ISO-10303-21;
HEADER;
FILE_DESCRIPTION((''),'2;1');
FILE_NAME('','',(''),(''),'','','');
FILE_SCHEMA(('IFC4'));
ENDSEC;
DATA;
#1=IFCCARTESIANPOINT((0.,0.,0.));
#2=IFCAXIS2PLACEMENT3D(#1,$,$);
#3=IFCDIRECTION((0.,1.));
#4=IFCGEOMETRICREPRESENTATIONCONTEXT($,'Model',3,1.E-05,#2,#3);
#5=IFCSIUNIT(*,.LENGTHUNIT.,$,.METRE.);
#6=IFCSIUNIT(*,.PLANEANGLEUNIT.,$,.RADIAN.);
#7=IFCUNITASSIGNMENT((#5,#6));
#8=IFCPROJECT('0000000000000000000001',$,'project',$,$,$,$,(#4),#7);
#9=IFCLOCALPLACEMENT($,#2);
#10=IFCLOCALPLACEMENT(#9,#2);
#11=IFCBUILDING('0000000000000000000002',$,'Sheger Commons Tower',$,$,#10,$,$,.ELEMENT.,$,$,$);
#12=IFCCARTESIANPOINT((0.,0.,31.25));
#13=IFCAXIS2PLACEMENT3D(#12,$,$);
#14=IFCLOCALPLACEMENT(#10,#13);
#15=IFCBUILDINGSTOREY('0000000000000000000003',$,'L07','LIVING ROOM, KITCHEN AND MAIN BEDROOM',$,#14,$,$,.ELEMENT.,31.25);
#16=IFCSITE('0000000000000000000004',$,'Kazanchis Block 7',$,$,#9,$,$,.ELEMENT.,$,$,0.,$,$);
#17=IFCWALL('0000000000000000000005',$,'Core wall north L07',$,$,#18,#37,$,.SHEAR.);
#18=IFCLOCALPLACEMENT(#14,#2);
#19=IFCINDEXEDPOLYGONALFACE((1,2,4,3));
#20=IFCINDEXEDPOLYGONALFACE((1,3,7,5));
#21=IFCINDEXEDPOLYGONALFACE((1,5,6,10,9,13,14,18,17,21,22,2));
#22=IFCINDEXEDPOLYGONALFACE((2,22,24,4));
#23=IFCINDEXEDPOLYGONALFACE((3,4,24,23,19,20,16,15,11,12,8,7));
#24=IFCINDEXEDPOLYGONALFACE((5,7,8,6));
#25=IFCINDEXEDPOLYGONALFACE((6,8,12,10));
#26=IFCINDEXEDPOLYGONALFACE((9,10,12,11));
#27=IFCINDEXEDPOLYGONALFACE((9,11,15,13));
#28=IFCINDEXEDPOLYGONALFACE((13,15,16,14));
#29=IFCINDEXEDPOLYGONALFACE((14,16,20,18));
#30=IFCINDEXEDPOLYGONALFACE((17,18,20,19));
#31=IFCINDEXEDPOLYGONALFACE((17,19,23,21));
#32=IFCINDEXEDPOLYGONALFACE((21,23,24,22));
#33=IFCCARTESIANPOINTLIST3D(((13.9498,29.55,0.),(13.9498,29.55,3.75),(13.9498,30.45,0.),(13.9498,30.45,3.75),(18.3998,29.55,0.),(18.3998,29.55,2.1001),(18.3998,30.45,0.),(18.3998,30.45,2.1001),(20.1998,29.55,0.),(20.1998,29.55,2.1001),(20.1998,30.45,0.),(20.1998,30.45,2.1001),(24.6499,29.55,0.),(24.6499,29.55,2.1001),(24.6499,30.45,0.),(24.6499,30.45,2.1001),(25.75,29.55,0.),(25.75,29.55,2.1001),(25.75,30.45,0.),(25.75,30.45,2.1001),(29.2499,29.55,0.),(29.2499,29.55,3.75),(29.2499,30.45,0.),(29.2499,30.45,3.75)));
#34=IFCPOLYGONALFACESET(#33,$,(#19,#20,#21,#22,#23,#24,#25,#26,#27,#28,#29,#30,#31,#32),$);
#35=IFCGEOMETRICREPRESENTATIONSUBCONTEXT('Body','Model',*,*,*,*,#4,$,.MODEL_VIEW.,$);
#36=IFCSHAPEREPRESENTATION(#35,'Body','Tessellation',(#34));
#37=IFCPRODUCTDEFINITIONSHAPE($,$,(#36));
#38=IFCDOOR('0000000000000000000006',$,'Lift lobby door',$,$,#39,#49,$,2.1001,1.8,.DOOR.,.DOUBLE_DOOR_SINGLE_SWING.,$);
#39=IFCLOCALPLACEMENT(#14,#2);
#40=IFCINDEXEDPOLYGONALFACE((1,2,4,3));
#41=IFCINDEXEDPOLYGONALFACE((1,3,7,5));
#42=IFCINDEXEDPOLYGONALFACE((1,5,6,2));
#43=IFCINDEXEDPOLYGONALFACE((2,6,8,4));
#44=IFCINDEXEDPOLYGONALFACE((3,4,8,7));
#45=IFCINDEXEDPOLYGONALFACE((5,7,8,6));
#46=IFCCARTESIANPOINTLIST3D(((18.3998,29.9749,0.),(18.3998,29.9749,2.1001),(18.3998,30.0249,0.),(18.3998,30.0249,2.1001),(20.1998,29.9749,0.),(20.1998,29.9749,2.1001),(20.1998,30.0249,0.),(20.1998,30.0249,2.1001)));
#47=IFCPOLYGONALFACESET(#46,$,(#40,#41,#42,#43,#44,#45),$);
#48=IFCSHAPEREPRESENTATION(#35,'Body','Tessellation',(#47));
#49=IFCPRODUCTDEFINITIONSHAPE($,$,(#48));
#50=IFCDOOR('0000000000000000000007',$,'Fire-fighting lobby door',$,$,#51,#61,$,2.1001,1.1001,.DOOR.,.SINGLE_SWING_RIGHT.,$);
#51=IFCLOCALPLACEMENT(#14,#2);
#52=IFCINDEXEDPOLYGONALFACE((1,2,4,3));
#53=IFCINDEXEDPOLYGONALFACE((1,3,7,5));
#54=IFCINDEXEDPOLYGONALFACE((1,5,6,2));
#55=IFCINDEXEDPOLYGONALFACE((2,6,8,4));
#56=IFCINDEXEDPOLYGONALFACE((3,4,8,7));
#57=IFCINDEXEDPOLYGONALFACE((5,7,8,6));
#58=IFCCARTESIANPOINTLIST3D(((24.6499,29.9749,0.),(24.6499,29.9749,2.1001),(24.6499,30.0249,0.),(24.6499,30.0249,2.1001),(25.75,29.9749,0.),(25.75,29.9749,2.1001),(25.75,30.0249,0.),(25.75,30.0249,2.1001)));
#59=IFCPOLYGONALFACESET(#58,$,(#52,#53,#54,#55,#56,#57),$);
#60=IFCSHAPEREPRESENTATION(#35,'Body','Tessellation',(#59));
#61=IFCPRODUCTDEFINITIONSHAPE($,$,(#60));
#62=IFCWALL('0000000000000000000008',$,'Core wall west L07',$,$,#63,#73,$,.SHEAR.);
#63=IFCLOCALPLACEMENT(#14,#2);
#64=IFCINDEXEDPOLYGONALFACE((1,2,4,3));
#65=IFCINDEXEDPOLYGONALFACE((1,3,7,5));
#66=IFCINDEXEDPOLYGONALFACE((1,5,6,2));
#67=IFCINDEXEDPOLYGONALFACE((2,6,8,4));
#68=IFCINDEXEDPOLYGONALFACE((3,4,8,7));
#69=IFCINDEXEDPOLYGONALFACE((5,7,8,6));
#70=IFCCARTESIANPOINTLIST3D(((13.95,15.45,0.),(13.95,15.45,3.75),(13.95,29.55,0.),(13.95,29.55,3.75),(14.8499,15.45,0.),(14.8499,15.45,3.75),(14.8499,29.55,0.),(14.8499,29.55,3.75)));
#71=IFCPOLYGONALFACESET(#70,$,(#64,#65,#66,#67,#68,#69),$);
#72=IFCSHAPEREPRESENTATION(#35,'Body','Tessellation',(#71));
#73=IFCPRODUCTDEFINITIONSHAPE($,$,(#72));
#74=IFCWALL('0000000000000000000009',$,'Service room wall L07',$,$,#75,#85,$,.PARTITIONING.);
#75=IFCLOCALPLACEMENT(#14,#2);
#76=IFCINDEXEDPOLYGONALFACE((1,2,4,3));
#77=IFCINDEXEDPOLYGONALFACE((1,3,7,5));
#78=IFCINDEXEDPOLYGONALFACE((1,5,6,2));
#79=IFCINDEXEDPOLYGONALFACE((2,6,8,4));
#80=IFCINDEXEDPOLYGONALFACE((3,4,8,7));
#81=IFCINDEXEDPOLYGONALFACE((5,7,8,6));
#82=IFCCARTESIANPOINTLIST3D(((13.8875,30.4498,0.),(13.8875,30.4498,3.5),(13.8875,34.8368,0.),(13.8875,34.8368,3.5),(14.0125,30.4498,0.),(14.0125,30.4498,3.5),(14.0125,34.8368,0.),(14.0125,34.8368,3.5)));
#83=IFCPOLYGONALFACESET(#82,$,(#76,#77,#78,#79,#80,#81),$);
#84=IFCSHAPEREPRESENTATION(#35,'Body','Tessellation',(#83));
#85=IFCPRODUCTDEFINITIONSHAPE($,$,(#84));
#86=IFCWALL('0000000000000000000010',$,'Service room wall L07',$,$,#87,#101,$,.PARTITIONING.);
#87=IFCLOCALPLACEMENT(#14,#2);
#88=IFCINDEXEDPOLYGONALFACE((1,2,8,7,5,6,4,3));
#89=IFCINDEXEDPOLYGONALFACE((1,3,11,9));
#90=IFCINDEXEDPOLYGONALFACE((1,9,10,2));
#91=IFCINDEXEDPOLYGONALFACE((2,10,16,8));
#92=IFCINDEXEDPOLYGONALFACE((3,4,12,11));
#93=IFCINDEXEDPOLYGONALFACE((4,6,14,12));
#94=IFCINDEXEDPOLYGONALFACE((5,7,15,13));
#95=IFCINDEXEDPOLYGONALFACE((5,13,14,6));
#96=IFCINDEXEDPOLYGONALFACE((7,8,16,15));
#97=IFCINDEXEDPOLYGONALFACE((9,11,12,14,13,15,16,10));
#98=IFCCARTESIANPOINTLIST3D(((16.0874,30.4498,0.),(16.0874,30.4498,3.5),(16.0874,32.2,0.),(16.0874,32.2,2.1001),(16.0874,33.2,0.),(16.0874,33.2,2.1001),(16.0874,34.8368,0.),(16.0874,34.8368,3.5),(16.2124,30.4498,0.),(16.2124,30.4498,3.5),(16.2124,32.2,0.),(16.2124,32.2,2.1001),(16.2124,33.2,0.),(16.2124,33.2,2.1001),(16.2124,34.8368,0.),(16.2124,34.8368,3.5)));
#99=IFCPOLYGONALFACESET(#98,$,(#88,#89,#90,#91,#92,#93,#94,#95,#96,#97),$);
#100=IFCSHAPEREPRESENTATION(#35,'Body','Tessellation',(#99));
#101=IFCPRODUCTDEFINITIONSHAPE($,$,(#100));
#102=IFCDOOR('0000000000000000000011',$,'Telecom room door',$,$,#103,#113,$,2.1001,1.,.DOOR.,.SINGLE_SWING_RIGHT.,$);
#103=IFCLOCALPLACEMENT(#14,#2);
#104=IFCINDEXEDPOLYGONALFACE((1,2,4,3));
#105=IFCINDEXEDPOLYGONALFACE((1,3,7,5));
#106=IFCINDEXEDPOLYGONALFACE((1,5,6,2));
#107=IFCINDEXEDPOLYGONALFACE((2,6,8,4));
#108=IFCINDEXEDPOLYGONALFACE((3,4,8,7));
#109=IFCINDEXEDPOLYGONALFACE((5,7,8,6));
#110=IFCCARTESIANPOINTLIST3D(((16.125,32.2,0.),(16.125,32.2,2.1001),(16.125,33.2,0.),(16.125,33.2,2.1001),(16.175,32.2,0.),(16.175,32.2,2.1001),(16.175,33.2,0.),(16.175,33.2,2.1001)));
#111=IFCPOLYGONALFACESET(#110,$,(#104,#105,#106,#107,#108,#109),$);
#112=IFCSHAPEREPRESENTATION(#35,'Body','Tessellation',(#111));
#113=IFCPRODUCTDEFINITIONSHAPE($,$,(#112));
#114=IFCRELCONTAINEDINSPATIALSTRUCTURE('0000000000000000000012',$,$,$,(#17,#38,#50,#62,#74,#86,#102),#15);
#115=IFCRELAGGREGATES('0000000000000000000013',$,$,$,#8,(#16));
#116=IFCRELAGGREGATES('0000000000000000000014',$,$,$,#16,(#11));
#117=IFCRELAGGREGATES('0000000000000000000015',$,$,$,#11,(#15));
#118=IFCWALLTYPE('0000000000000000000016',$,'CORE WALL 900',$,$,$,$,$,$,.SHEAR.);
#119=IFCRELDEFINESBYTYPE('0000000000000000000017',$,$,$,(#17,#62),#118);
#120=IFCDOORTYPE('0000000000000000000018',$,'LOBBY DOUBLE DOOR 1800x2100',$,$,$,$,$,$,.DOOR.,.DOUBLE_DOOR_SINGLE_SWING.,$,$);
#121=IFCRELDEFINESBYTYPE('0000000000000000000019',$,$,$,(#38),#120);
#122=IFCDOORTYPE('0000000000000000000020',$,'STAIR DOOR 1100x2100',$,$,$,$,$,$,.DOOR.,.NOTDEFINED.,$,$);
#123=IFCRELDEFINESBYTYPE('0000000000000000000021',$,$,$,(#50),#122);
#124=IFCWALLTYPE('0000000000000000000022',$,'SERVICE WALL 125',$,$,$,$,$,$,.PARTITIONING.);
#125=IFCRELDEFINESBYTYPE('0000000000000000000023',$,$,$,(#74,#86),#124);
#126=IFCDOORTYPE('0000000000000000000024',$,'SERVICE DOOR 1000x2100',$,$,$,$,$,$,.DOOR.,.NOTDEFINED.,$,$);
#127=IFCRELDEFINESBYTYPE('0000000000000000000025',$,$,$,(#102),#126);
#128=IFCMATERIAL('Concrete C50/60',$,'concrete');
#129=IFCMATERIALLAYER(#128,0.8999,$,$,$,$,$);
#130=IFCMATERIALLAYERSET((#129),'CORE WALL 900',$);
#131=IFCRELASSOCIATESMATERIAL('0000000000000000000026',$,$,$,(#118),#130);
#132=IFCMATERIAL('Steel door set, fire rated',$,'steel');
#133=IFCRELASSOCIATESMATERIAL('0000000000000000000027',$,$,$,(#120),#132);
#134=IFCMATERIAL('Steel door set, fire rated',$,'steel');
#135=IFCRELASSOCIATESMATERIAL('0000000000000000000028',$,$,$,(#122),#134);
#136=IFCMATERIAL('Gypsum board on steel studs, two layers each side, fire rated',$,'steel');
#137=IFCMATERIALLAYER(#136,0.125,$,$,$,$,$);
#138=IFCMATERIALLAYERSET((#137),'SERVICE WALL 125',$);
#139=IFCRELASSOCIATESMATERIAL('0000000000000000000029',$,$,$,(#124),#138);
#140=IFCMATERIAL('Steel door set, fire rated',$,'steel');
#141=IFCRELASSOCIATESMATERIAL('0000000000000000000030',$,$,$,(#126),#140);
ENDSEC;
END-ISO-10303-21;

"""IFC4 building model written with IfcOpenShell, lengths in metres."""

from ifc_helpers import new_model, si_unit, direction, frame, frame_2d, origin, place, context, subcontext, project, spatial, rectangle, extrude, material, layer, layer_set, type_object, element, fill, save


model = new_model("IFC4")

# Units and contexts
model_context = context("Model", 3, precision=1e-05, world=origin(), true_north=direction((0.0, 1.0)))
body_context = subcontext(model_context, "Body", "Model", "MODEL_VIEW")
ifc_project = project(units=[si_unit("LENGTHUNIT", "METRE"), si_unit("PLANEANGLEUNIT", "RADIAN")], contexts=[model_context])

# Site, building, storey
site_placement = place(None, origin())
site = spatial("IfcSite", under=ifc_project, at=site_placement, Name="Kazanchis Block 7", CompositionType="ELEMENT", RefElevation=0.0)
building_placement = place(site_placement, origin())
building = spatial("IfcBuilding", under=site, at=building_placement, Name="Sheger Commons Tower", CompositionType="ELEMENT")
storey_placement = place(building_placement, frame((0.0, 0.0, 31.25)))
storey = spatial("IfcBuildingStorey", under=building, at=storey_placement, Name="L07", Description="LIVING ROOM, KITCHEN AND MAIN BEDROOM", CompositionType="ELEMENT", Elevation=31.25)

# Wall, openings, doors
ifc_material_1 = material(Name="Concrete C50/60", Category="concrete")
ifc_layer_1 = layer(ifc_material_1, 0.8999)
ifc_layer_set_1 = layer_set([ifc_layer_1], Name="CORE WALL 900")
wall_type_1 = type_object("IfcWallType", Name="CORE WALL 900", PredefinedType="SHEAR", material=ifc_layer_set_1)
ifc_material_2 = material(Name="Steel door set, fire rated", Category="steel")
door_type_1 = type_object("IfcDoorType", Name="LOBBY DOUBLE DOOR 1800x2100", OperationType="DOUBLE_DOOR_SINGLE_SWING", PredefinedType="DOOR", material=ifc_material_2)
ifc_material_3 = material(Name="Steel door set, fire rated", Category="steel")
door_type_2 = type_object("IfcDoorType", Name="STAIR DOOR 1100x2100", OperationType="NOTDEFINED", PredefinedType="DOOR", material=ifc_material_3)
wall_1_placement = place(storey_placement, frame((13.95, 30.0, 0.0), z_axis=(0.0, 0.0, 1.0), x_axis=(1.0, 0.0, 0.0)))
wall_1 = element("IfcWall", 1, at=wall_1_placement, inside=storey, type_object=wall_type_1, Name="Core wall north L07", PredefinedType="SHEAR", context=body_context, shape_type="SweptSolid", body=[
    extrude(rectangle(XDim=15.3, YDim=0.8999, at=frame_2d((7.6499, 0.0))), origin(), (0.0, 0.0, 1.0), 3.75),
])
opening_1_placement = place(wall_1_placement, frame((4.45, 0.0, 0.0)))
opening_1 = element("IfcOpeningElement", 2, at=opening_1_placement, cuts=wall_1, PredefinedType="OPENING", context=body_context, shape_type="SweptSolid", body=[
    extrude(rectangle(XDim=1.8, YDim=2.1001, at=frame_2d((0.8999, 1.05))), frame((0.0, 0.46, 0.0), z_axis=(0.0, -1.0, 0.0), x_axis=(1.0, 0.0, 0.0)), (0.0, 0.0, 1.0), 0.9199),
])
opening_2_placement = place(wall_1_placement, frame((10.7, 0.0, 0.0)))
opening_2 = element("IfcOpeningElement", 3, at=opening_2_placement, cuts=wall_1, PredefinedType="OPENING", context=body_context, shape_type="SweptSolid", body=[
    extrude(rectangle(XDim=1.1001, YDim=2.1001, at=frame_2d((0.55, 1.05))), frame((0.0, 0.46, 0.0), z_axis=(0.0, -1.0, 0.0), x_axis=(1.0, 0.0, 0.0)), (0.0, 0.0, 1.0), 0.9199),
])
door_1_placement = place(opening_1_placement, origin())
door_1 = element("IfcDoor", 4, at=door_1_placement, inside=storey, type_object=door_type_1, Name="Lift lobby door", OperationType="DOUBLE_DOOR_SINGLE_SWING", OverallHeight=2.1001, OverallWidth=1.8, PredefinedType="DOOR", context=body_context, shape_type="SweptSolid", body=[
    extrude(rectangle(XDim=1.8, YDim=2.1001, at=frame_2d((0.8999, 1.05))), frame((0.0, 0.0249, 0.0), z_axis=(0.0, -1.0, 0.0), x_axis=(1.0, 0.0, 0.0)), (0.0, 0.0, 1.0), 0.05),
])
fill(opening_1, door_1)
door_2_placement = place(opening_2_placement, origin())
door_2 = element("IfcDoor", 5, at=door_2_placement, inside=storey, type_object=door_type_2, Name="Fire-fighting lobby door", OperationType="SINGLE_SWING_RIGHT", OverallHeight=2.1001, OverallWidth=1.1001, PredefinedType="DOOR", context=body_context, shape_type="SweptSolid", body=[
    extrude(rectangle(XDim=1.1001, YDim=2.1001, at=frame_2d((0.55, 1.05))), frame((0.0, 0.0249, 0.0), z_axis=(0.0, -1.0, 0.0), x_axis=(1.0, 0.0, 0.0)), (0.0, 0.0, 1.0), 0.05),
])
fill(opening_2, door_2)

# Walls
wall_2_placement = place(storey_placement, frame((14.3999, 15.45, 0.0), z_axis=(0.0, 0.0, 1.0), x_axis=(0.0, 1.0, 0.0)))
element("IfcWall", 6, at=wall_2_placement, inside=storey, type_object=wall_type_1, Name="Core wall west L07", PredefinedType="SHEAR", context=body_context, shape_type="SweptSolid", body=[
    extrude(rectangle(XDim=14.1001, YDim=0.8999, at=frame_2d((7.05, 0.0))), origin(), (0.0, 0.0, 1.0), 3.75),
])
ifc_material_4 = material(Name="Gypsum board on steel studs, two layers each side, fire rated", Category="steel")
ifc_layer_2 = layer(ifc_material_4, 0.125)
ifc_layer_set_2 = layer_set([ifc_layer_2], Name="SERVICE WALL 125")
wall_type_2 = type_object("IfcWallType", Name="SERVICE WALL 125", PredefinedType="PARTITIONING", material=ifc_layer_set_2)
wall_3_placement = place(storey_placement, frame((13.95, 30.45, 0.0), z_axis=(0.0, 0.0, 1.0), x_axis=(0.0, 1.0, 0.0)))
element("IfcWall", 7, at=wall_3_placement, inside=storey, type_object=wall_type_2, Name="Service room wall L07", PredefinedType="PARTITIONING", context=body_context, shape_type="SweptSolid", body=[
    extrude(rectangle(XDim=4.387, YDim=0.125, at=frame_2d((2.1934, 0.0))), origin(), (0.0, 0.0, 1.0), 3.5),
])

# Wall, opening, door
wall_4_placement = place(storey_placement, frame((16.1499, 30.45, 0.0), z_axis=(0.0, 0.0, 1.0), x_axis=(0.0, 1.0, 0.0)))
wall_4 = element("IfcWall", 8, at=wall_4_placement, inside=storey, type_object=wall_type_2, Name="Service room wall L07", PredefinedType="PARTITIONING", context=body_context, shape_type="SweptSolid", body=[
    extrude(rectangle(XDim=4.387, YDim=0.125, at=frame_2d((2.1934, 0.0))), origin(), (0.0, 0.0, 1.0), 3.5),
])
opening_3_placement = place(wall_4_placement, frame((1.75, 0.0, 0.0)))
opening_3 = element("IfcOpeningElement", 9, at=opening_3_placement, cuts=wall_4, PredefinedType="OPENING", context=body_context, shape_type="SweptSolid", body=[
    extrude(rectangle(XDim=1.0, YDim=2.1001, at=frame_2d((0.5, 1.05))), frame((0.0, 0.0725, 0.0), z_axis=(0.0, -1.0, 0.0), x_axis=(1.0, 0.0, 0.0)), (0.0, 0.0, 1.0), 0.145),
])
ifc_material_5 = material(Name="Steel door set, fire rated", Category="steel")
door_type_3 = type_object("IfcDoorType", Name="SERVICE DOOR 1000x2100", OperationType="NOTDEFINED", PredefinedType="DOOR", material=ifc_material_5)
door_3_placement = place(opening_3_placement, origin())
door_3 = element("IfcDoor", 10, at=door_3_placement, inside=storey, type_object=door_type_3, Name="Telecom room door", OperationType="SINGLE_SWING_RIGHT", OverallHeight=2.1001, OverallWidth=1.0, PredefinedType="DOOR", context=body_context, shape_type="SweptSolid", body=[
    extrude(rectangle(XDim=1.0, YDim=2.1001, at=frame_2d((0.5, 1.05))), frame((0.0, 0.0249, 0.0), z_axis=(0.0, -1.0, 0.0), x_axis=(1.0, 0.0, 0.0)), (0.0, 0.0, 1.0), 0.05),
])
fill(opening_3, door_3)

save(model, "model.ifc")
